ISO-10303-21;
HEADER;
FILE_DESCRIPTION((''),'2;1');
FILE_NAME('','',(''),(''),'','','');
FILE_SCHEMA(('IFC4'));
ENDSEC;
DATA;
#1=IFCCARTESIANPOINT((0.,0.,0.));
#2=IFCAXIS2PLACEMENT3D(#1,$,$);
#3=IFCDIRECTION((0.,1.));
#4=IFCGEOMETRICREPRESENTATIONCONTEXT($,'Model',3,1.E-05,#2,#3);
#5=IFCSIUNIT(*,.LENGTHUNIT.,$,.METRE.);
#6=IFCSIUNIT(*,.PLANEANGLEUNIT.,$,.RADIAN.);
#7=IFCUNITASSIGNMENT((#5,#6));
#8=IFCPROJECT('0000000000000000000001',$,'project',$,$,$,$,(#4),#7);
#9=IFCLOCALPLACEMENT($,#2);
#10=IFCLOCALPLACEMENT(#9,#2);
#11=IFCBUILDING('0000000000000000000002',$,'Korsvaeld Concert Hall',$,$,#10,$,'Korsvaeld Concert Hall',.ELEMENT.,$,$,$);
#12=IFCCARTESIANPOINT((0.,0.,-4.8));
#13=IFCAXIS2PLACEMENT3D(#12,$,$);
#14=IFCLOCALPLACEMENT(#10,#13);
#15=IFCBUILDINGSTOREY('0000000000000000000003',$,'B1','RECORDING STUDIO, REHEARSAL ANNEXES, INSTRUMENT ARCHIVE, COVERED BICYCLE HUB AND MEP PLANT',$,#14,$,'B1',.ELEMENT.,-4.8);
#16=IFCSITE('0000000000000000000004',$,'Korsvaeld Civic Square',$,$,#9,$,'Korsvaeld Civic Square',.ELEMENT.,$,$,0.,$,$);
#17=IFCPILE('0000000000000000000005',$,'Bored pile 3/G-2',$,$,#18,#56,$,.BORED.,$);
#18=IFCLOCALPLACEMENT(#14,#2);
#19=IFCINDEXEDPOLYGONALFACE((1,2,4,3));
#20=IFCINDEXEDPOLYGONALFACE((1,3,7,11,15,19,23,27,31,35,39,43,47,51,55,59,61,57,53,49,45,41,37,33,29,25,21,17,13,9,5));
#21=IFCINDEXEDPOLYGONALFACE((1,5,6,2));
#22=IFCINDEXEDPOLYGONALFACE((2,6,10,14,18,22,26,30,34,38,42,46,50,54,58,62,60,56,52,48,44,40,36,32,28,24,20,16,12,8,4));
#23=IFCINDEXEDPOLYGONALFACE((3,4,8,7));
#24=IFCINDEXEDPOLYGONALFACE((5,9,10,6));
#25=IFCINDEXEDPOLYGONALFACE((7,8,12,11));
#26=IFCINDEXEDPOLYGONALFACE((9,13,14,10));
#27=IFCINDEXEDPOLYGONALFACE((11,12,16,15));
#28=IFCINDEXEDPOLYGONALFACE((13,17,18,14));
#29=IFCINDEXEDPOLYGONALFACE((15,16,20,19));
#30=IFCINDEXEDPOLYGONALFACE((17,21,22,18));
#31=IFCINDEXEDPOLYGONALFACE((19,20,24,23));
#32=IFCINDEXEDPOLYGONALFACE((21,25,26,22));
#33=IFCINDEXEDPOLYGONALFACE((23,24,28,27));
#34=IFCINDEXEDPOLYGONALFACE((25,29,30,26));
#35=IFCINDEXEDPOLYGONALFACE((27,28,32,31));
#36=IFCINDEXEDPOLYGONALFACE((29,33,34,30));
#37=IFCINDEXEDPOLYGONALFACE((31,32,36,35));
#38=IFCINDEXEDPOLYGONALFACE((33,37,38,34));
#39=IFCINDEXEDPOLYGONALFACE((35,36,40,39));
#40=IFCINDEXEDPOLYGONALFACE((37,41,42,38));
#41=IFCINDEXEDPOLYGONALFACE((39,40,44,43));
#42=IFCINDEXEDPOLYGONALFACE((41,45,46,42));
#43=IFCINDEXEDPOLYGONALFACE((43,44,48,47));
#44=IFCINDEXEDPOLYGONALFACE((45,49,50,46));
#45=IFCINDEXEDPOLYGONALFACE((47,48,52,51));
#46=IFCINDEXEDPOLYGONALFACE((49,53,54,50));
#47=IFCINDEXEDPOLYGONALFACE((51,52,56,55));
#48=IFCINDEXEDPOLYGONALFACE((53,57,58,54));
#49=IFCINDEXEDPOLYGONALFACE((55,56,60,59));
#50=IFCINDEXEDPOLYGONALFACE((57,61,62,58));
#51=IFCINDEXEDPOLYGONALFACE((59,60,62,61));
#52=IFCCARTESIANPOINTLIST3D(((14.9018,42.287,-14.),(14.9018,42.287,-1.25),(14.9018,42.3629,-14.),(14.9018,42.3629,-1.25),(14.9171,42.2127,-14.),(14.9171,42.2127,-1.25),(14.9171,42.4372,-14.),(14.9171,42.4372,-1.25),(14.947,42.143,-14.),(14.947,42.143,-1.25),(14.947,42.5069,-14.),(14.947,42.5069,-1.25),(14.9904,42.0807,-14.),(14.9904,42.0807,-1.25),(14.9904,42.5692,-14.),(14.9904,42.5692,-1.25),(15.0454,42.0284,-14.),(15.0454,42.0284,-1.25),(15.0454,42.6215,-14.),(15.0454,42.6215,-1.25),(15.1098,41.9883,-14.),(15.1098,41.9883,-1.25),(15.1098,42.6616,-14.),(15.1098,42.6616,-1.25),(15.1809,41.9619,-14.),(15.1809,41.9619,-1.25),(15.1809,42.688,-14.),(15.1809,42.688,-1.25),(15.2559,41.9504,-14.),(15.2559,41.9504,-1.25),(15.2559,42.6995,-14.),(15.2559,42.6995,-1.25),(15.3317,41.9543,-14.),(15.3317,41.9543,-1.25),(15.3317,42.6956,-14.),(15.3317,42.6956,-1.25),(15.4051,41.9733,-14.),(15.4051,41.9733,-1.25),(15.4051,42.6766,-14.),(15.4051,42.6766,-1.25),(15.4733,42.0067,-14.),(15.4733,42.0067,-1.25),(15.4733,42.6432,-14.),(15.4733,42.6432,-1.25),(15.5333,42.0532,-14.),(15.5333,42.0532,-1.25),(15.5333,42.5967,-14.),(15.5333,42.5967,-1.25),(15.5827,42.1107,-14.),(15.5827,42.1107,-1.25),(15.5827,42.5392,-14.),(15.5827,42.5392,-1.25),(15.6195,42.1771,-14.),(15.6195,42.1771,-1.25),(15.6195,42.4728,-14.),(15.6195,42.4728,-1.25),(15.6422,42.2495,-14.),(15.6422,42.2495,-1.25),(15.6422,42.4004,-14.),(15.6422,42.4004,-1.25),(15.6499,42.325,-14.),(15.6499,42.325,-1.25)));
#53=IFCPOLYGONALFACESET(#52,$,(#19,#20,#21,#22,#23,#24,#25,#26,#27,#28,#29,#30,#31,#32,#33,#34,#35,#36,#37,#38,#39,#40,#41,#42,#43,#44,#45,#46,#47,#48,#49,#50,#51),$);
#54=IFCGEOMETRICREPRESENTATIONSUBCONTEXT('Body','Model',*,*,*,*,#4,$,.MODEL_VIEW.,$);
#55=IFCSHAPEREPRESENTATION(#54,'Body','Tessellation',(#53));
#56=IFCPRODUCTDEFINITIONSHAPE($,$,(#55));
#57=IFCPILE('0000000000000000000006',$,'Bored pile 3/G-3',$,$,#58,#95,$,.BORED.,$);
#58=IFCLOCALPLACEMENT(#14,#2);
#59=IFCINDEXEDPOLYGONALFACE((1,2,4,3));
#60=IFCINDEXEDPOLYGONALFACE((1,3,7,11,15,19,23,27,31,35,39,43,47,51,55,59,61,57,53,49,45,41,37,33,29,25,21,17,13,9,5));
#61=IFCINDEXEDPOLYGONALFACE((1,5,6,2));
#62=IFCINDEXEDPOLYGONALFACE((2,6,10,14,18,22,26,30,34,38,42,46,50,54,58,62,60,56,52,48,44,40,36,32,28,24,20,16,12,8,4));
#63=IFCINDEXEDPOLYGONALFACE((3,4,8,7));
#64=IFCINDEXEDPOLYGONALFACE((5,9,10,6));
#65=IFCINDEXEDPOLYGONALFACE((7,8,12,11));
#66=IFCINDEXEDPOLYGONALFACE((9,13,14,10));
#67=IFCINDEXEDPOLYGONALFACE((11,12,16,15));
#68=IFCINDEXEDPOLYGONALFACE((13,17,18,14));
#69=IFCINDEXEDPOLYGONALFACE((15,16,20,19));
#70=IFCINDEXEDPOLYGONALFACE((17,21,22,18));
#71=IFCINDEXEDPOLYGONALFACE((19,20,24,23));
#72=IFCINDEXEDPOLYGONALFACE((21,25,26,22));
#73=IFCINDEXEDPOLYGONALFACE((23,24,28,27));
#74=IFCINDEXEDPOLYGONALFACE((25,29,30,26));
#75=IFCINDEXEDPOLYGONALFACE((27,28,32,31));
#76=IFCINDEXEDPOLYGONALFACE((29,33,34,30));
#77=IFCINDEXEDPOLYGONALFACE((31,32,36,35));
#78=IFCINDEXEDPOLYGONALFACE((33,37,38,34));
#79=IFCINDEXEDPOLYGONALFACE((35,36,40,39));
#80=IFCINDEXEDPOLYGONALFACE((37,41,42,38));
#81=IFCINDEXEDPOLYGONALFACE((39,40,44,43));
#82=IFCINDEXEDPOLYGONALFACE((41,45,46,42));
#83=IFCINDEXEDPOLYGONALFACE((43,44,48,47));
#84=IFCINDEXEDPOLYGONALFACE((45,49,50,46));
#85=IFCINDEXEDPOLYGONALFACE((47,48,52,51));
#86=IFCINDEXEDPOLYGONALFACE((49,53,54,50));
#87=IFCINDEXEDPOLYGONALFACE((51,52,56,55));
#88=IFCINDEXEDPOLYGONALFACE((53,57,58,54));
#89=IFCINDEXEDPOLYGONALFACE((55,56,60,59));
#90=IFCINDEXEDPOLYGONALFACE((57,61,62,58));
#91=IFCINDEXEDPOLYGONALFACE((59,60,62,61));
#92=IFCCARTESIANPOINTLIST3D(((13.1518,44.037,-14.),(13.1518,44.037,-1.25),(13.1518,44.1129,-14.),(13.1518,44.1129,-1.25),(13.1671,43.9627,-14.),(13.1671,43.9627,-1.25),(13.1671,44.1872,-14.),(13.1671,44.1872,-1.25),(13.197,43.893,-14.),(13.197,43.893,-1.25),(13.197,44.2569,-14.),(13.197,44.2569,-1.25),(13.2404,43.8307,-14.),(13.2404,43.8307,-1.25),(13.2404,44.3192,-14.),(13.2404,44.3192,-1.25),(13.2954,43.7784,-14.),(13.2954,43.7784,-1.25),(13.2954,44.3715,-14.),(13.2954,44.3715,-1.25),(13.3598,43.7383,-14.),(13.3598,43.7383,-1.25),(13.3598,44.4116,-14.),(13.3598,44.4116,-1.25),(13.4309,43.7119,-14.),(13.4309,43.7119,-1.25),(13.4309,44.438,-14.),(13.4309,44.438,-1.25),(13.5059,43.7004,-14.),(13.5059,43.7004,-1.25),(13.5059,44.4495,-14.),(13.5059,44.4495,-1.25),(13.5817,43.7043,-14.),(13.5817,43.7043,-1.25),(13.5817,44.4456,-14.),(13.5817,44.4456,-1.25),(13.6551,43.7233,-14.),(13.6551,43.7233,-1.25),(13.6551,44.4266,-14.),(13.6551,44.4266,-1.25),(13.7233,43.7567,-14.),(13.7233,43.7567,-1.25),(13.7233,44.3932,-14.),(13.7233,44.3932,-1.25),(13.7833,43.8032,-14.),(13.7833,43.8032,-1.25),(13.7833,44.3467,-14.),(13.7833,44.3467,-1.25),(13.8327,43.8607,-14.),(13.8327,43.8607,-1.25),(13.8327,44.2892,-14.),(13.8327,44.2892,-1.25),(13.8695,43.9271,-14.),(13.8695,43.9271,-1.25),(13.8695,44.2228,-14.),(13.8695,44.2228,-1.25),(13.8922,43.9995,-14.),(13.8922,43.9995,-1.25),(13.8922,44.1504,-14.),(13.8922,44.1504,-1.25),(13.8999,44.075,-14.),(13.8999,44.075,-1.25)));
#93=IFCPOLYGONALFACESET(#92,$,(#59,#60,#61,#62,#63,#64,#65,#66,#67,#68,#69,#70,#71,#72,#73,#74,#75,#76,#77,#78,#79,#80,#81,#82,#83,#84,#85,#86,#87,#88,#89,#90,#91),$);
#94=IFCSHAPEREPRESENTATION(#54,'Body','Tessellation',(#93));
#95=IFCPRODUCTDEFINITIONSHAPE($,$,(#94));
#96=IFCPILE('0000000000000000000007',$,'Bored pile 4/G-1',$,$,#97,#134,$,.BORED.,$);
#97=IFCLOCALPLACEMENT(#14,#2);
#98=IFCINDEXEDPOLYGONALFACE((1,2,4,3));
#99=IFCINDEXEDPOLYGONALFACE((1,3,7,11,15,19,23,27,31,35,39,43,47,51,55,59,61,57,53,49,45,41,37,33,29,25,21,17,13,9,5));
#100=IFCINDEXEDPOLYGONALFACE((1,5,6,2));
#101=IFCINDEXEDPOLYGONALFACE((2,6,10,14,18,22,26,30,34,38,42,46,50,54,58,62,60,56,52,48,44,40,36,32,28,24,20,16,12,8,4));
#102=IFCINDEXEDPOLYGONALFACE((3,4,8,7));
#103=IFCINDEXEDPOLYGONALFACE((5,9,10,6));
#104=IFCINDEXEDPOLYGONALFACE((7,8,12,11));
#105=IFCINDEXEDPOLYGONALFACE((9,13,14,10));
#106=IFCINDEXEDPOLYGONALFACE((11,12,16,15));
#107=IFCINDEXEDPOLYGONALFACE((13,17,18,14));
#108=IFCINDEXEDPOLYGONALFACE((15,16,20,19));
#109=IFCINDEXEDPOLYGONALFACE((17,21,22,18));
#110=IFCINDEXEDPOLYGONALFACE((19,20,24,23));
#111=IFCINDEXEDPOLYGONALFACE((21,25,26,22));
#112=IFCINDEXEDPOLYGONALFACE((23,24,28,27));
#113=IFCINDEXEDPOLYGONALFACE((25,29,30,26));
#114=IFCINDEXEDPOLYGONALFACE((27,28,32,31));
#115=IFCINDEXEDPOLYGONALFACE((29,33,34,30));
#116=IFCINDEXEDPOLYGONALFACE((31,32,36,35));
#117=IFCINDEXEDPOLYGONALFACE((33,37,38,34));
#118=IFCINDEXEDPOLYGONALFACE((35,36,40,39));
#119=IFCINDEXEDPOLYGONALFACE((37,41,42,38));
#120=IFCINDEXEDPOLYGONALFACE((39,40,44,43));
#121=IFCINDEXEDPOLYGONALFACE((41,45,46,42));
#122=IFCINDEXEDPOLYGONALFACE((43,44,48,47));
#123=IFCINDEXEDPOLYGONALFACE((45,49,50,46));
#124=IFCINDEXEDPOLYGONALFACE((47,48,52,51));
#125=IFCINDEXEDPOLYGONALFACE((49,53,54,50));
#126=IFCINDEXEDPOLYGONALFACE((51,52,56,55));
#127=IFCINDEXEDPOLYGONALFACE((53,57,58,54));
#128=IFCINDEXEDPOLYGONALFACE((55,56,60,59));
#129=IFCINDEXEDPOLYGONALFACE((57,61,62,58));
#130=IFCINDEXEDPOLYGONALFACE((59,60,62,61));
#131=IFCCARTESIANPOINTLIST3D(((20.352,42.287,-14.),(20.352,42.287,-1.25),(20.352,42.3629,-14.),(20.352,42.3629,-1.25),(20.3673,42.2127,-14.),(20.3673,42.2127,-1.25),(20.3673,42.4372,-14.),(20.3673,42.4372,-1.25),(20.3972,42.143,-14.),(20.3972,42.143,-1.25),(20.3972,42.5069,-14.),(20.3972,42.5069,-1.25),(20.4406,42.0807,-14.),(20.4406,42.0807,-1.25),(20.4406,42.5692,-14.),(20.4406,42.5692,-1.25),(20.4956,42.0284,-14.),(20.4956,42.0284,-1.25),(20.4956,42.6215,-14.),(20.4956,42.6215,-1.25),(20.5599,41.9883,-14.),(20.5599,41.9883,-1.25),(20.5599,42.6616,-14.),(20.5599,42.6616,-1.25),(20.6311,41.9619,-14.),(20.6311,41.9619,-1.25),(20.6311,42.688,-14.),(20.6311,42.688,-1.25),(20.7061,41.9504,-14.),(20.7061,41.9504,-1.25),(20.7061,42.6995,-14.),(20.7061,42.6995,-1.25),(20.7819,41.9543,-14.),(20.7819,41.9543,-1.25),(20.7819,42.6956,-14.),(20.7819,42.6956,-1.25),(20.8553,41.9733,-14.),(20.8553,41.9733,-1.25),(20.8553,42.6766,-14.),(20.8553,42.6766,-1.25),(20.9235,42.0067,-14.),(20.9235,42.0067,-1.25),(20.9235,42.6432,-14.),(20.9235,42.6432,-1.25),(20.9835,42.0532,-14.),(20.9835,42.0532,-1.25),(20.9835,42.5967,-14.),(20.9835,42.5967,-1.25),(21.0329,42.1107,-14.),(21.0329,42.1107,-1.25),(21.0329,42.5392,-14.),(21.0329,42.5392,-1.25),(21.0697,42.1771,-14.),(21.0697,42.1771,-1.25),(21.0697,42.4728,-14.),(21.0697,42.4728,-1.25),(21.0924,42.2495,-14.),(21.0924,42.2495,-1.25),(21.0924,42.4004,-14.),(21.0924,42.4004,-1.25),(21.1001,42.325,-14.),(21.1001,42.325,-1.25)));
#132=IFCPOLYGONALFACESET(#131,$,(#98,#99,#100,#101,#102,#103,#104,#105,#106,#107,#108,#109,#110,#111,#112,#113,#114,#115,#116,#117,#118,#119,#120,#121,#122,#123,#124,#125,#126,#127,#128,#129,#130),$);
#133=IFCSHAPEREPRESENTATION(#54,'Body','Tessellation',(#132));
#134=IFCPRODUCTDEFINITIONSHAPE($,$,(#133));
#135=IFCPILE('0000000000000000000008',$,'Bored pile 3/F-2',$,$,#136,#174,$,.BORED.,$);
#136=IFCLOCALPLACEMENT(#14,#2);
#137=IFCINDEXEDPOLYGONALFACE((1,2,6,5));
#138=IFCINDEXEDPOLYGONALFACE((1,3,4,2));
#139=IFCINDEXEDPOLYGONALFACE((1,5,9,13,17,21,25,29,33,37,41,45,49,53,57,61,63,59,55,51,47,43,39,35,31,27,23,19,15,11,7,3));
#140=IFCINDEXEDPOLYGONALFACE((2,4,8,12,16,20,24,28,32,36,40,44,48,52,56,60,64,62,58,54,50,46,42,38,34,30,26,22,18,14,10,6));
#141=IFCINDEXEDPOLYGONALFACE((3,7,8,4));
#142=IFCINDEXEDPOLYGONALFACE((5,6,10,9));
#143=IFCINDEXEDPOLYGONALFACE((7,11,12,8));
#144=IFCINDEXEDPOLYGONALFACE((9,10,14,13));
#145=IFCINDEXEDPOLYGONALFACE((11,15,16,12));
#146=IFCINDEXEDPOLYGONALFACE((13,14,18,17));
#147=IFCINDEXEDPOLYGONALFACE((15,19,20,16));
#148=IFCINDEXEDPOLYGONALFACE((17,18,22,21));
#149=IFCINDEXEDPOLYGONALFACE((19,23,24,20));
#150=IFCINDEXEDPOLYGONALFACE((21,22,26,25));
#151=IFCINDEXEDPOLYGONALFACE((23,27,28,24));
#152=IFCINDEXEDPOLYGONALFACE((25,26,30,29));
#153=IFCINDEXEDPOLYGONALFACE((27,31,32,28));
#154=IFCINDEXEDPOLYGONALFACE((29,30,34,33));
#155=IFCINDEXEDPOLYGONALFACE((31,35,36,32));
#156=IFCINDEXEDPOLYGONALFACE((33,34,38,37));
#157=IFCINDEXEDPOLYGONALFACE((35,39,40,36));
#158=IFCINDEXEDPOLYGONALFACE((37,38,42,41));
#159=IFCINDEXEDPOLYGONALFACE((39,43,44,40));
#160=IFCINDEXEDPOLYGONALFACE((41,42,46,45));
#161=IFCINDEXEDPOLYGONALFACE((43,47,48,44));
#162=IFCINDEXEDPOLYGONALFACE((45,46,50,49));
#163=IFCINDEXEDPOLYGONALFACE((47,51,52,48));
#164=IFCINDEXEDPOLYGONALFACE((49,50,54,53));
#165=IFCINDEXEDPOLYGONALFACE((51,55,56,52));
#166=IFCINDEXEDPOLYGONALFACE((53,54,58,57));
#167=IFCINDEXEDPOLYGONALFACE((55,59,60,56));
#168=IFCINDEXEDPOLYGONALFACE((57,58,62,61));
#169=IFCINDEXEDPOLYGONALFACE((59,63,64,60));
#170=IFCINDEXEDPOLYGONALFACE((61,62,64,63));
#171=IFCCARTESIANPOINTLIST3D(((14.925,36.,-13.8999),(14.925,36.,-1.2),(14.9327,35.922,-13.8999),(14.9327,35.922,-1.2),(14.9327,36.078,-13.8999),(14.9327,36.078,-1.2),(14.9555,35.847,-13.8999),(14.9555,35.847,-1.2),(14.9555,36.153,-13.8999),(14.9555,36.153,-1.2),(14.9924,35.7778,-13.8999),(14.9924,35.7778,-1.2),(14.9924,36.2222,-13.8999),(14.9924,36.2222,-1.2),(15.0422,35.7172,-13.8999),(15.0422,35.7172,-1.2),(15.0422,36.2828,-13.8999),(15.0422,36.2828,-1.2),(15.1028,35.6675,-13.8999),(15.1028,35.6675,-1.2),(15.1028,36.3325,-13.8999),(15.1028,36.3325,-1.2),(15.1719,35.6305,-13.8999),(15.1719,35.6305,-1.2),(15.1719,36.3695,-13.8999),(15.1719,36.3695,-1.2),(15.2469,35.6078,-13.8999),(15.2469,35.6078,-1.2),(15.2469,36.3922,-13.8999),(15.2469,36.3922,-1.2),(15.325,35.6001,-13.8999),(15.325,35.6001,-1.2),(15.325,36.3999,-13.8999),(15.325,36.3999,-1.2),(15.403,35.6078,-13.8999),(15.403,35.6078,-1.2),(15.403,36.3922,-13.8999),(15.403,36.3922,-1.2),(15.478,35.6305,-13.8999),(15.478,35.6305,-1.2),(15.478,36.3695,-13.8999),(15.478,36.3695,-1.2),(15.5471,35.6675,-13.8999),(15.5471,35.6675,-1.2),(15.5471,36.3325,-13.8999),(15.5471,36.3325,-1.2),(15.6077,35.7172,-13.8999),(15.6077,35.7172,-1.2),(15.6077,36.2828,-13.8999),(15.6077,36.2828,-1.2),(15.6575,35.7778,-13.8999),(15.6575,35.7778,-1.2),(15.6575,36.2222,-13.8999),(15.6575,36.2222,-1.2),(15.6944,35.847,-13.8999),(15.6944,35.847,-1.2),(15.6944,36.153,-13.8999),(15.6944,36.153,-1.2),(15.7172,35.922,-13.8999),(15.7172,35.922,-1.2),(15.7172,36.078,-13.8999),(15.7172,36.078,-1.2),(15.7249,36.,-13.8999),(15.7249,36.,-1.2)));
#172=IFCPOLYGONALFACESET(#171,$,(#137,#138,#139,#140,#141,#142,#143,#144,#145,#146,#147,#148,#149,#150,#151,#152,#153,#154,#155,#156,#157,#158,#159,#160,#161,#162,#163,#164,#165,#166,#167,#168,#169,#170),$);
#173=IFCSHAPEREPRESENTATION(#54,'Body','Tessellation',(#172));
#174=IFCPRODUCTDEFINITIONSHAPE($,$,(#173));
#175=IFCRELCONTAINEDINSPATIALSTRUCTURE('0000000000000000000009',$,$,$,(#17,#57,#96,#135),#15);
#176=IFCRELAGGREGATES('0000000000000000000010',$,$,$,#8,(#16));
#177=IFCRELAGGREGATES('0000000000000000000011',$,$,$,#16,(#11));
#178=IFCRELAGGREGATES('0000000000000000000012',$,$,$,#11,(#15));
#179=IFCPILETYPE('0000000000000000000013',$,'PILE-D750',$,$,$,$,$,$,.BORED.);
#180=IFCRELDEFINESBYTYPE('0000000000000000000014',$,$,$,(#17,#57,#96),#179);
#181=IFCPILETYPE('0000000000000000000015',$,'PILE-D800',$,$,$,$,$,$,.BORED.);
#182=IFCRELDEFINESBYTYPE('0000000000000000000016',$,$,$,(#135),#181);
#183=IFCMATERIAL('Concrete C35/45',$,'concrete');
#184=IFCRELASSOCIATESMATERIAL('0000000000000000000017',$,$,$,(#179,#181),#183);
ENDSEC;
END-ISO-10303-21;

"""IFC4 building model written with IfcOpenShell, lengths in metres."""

from ifc_helpers import new_model, si_unit, direction, frame, origin, origin_2d, place, context, subcontext, project, spatial, circle, extrude, material, material_profile, profile_set, type_object, element, save


model = new_model("IFC4")

# Units and contexts
model_context = context("Model", 3, precision=1e-05, world=origin(), true_north=direction((0.0, 1.0)))
body_context = subcontext(model_context, "Body", "Model", "MODEL_VIEW")
ifc_project = project(units=[si_unit("LENGTHUNIT", "METRE"), si_unit("PLANEANGLEUNIT", "RADIAN")], contexts=[model_context])

# Site, building, storey
site_placement = place(None, origin())
site = spatial("IfcSite", under=ifc_project, at=site_placement, Name="Korsvaeld Civic Square", LongName="Korsvaeld Civic Square", CompositionType="ELEMENT", RefElevation=0.0)
building_placement = place(site_placement, origin())
building = spatial("IfcBuilding", under=site, at=building_placement, Name="Korsvaeld Concert Hall", LongName="Korsvaeld Concert Hall", CompositionType="ELEMENT")
storey_placement = place(building_placement, frame((0.0, 0.0, -4.8)))
storey = spatial("IfcBuildingStorey", under=building, at=storey_placement, Name="B1", Description="RECORDING STUDIO, REHEARSAL ANNEXES, INSTRUMENT ARCHIVE, COVERED BICYCLE HUB AND MEP PLANT", LongName="B1", CompositionType="ELEMENT", Elevation=-4.8)

# Shared definitions
ifc_material_1 = material(Name="Concrete C35/45", Category="concrete")

# Piles
ifc_material_profile_1 = material_profile(ifc_material_1, circle(Radius=0.375, at=origin_2d()), Name="BORED PILE D750")
ifc_profile_set_1 = profile_set([ifc_material_profile_1], Name="Concrete C35/45")
pile_type_1 = type_object("IfcPileType", Name="PILE-D750", PredefinedType="BORED", material=ifc_profile_set_1)
for number, where, z_axis, x_axis, name in (
    (1, (15.2749, 42.325, -1.25), (0.0, 0.0, -1.0), (1.0, 0.0, 0.0), "Bored pile 3/G-2"),
    (2, (13.5249, 44.075, -1.25), (0.0, 0.0, -1.0), (1.0, 0.0, 0.0), "Bored pile 3/G-3"),
    (3, (20.7251, 42.325, -1.25), (0.0, 0.0, -1.0), (1.0, 0.0, 0.0), "Bored pile 4/G-1"),
):
    element("IfcPile", number, at=place(storey_placement, frame(where, z_axis=z_axis, x_axis=x_axis)), inside=storey, type_object=pile_type_1, Name=name, PredefinedType="BORED", context=body_context, shape_type="SweptSolid", body=[
        extrude(circle(Radius=0.375, at=origin_2d()), origin(), (0.0, 0.0, 1.0), 12.75),
    ])
ifc_material_profile_2 = material_profile(ifc_material_1, circle(Radius=0.3999, at=origin_2d()), Name="BORED PILE D800")
ifc_profile_set_2 = profile_set([ifc_material_profile_2], Name="Concrete C35/45")
pile_type_2 = type_object("IfcPileType", Name="PILE-D800", PredefinedType="BORED", material=ifc_profile_set_2)
for number, where, z_axis, x_axis, name in (
    (4, (15.325, 36.0, -1.2), (0.0, 0.0, -1.0), (1.0, 0.0, 0.0), "Bored pile 3/F-2"),
):
    element("IfcPile", number, at=place(storey_placement, frame(where, z_axis=z_axis, x_axis=x_axis)), inside=storey, type_object=pile_type_2, Name=name, PredefinedType="BORED", context=body_context, shape_type="SweptSolid", body=[
        extrude(circle(Radius=0.3999, at=origin_2d()), origin(), (0.0, 0.0, 1.0), 12.7),
    ])

save(model, "model.ifc")
